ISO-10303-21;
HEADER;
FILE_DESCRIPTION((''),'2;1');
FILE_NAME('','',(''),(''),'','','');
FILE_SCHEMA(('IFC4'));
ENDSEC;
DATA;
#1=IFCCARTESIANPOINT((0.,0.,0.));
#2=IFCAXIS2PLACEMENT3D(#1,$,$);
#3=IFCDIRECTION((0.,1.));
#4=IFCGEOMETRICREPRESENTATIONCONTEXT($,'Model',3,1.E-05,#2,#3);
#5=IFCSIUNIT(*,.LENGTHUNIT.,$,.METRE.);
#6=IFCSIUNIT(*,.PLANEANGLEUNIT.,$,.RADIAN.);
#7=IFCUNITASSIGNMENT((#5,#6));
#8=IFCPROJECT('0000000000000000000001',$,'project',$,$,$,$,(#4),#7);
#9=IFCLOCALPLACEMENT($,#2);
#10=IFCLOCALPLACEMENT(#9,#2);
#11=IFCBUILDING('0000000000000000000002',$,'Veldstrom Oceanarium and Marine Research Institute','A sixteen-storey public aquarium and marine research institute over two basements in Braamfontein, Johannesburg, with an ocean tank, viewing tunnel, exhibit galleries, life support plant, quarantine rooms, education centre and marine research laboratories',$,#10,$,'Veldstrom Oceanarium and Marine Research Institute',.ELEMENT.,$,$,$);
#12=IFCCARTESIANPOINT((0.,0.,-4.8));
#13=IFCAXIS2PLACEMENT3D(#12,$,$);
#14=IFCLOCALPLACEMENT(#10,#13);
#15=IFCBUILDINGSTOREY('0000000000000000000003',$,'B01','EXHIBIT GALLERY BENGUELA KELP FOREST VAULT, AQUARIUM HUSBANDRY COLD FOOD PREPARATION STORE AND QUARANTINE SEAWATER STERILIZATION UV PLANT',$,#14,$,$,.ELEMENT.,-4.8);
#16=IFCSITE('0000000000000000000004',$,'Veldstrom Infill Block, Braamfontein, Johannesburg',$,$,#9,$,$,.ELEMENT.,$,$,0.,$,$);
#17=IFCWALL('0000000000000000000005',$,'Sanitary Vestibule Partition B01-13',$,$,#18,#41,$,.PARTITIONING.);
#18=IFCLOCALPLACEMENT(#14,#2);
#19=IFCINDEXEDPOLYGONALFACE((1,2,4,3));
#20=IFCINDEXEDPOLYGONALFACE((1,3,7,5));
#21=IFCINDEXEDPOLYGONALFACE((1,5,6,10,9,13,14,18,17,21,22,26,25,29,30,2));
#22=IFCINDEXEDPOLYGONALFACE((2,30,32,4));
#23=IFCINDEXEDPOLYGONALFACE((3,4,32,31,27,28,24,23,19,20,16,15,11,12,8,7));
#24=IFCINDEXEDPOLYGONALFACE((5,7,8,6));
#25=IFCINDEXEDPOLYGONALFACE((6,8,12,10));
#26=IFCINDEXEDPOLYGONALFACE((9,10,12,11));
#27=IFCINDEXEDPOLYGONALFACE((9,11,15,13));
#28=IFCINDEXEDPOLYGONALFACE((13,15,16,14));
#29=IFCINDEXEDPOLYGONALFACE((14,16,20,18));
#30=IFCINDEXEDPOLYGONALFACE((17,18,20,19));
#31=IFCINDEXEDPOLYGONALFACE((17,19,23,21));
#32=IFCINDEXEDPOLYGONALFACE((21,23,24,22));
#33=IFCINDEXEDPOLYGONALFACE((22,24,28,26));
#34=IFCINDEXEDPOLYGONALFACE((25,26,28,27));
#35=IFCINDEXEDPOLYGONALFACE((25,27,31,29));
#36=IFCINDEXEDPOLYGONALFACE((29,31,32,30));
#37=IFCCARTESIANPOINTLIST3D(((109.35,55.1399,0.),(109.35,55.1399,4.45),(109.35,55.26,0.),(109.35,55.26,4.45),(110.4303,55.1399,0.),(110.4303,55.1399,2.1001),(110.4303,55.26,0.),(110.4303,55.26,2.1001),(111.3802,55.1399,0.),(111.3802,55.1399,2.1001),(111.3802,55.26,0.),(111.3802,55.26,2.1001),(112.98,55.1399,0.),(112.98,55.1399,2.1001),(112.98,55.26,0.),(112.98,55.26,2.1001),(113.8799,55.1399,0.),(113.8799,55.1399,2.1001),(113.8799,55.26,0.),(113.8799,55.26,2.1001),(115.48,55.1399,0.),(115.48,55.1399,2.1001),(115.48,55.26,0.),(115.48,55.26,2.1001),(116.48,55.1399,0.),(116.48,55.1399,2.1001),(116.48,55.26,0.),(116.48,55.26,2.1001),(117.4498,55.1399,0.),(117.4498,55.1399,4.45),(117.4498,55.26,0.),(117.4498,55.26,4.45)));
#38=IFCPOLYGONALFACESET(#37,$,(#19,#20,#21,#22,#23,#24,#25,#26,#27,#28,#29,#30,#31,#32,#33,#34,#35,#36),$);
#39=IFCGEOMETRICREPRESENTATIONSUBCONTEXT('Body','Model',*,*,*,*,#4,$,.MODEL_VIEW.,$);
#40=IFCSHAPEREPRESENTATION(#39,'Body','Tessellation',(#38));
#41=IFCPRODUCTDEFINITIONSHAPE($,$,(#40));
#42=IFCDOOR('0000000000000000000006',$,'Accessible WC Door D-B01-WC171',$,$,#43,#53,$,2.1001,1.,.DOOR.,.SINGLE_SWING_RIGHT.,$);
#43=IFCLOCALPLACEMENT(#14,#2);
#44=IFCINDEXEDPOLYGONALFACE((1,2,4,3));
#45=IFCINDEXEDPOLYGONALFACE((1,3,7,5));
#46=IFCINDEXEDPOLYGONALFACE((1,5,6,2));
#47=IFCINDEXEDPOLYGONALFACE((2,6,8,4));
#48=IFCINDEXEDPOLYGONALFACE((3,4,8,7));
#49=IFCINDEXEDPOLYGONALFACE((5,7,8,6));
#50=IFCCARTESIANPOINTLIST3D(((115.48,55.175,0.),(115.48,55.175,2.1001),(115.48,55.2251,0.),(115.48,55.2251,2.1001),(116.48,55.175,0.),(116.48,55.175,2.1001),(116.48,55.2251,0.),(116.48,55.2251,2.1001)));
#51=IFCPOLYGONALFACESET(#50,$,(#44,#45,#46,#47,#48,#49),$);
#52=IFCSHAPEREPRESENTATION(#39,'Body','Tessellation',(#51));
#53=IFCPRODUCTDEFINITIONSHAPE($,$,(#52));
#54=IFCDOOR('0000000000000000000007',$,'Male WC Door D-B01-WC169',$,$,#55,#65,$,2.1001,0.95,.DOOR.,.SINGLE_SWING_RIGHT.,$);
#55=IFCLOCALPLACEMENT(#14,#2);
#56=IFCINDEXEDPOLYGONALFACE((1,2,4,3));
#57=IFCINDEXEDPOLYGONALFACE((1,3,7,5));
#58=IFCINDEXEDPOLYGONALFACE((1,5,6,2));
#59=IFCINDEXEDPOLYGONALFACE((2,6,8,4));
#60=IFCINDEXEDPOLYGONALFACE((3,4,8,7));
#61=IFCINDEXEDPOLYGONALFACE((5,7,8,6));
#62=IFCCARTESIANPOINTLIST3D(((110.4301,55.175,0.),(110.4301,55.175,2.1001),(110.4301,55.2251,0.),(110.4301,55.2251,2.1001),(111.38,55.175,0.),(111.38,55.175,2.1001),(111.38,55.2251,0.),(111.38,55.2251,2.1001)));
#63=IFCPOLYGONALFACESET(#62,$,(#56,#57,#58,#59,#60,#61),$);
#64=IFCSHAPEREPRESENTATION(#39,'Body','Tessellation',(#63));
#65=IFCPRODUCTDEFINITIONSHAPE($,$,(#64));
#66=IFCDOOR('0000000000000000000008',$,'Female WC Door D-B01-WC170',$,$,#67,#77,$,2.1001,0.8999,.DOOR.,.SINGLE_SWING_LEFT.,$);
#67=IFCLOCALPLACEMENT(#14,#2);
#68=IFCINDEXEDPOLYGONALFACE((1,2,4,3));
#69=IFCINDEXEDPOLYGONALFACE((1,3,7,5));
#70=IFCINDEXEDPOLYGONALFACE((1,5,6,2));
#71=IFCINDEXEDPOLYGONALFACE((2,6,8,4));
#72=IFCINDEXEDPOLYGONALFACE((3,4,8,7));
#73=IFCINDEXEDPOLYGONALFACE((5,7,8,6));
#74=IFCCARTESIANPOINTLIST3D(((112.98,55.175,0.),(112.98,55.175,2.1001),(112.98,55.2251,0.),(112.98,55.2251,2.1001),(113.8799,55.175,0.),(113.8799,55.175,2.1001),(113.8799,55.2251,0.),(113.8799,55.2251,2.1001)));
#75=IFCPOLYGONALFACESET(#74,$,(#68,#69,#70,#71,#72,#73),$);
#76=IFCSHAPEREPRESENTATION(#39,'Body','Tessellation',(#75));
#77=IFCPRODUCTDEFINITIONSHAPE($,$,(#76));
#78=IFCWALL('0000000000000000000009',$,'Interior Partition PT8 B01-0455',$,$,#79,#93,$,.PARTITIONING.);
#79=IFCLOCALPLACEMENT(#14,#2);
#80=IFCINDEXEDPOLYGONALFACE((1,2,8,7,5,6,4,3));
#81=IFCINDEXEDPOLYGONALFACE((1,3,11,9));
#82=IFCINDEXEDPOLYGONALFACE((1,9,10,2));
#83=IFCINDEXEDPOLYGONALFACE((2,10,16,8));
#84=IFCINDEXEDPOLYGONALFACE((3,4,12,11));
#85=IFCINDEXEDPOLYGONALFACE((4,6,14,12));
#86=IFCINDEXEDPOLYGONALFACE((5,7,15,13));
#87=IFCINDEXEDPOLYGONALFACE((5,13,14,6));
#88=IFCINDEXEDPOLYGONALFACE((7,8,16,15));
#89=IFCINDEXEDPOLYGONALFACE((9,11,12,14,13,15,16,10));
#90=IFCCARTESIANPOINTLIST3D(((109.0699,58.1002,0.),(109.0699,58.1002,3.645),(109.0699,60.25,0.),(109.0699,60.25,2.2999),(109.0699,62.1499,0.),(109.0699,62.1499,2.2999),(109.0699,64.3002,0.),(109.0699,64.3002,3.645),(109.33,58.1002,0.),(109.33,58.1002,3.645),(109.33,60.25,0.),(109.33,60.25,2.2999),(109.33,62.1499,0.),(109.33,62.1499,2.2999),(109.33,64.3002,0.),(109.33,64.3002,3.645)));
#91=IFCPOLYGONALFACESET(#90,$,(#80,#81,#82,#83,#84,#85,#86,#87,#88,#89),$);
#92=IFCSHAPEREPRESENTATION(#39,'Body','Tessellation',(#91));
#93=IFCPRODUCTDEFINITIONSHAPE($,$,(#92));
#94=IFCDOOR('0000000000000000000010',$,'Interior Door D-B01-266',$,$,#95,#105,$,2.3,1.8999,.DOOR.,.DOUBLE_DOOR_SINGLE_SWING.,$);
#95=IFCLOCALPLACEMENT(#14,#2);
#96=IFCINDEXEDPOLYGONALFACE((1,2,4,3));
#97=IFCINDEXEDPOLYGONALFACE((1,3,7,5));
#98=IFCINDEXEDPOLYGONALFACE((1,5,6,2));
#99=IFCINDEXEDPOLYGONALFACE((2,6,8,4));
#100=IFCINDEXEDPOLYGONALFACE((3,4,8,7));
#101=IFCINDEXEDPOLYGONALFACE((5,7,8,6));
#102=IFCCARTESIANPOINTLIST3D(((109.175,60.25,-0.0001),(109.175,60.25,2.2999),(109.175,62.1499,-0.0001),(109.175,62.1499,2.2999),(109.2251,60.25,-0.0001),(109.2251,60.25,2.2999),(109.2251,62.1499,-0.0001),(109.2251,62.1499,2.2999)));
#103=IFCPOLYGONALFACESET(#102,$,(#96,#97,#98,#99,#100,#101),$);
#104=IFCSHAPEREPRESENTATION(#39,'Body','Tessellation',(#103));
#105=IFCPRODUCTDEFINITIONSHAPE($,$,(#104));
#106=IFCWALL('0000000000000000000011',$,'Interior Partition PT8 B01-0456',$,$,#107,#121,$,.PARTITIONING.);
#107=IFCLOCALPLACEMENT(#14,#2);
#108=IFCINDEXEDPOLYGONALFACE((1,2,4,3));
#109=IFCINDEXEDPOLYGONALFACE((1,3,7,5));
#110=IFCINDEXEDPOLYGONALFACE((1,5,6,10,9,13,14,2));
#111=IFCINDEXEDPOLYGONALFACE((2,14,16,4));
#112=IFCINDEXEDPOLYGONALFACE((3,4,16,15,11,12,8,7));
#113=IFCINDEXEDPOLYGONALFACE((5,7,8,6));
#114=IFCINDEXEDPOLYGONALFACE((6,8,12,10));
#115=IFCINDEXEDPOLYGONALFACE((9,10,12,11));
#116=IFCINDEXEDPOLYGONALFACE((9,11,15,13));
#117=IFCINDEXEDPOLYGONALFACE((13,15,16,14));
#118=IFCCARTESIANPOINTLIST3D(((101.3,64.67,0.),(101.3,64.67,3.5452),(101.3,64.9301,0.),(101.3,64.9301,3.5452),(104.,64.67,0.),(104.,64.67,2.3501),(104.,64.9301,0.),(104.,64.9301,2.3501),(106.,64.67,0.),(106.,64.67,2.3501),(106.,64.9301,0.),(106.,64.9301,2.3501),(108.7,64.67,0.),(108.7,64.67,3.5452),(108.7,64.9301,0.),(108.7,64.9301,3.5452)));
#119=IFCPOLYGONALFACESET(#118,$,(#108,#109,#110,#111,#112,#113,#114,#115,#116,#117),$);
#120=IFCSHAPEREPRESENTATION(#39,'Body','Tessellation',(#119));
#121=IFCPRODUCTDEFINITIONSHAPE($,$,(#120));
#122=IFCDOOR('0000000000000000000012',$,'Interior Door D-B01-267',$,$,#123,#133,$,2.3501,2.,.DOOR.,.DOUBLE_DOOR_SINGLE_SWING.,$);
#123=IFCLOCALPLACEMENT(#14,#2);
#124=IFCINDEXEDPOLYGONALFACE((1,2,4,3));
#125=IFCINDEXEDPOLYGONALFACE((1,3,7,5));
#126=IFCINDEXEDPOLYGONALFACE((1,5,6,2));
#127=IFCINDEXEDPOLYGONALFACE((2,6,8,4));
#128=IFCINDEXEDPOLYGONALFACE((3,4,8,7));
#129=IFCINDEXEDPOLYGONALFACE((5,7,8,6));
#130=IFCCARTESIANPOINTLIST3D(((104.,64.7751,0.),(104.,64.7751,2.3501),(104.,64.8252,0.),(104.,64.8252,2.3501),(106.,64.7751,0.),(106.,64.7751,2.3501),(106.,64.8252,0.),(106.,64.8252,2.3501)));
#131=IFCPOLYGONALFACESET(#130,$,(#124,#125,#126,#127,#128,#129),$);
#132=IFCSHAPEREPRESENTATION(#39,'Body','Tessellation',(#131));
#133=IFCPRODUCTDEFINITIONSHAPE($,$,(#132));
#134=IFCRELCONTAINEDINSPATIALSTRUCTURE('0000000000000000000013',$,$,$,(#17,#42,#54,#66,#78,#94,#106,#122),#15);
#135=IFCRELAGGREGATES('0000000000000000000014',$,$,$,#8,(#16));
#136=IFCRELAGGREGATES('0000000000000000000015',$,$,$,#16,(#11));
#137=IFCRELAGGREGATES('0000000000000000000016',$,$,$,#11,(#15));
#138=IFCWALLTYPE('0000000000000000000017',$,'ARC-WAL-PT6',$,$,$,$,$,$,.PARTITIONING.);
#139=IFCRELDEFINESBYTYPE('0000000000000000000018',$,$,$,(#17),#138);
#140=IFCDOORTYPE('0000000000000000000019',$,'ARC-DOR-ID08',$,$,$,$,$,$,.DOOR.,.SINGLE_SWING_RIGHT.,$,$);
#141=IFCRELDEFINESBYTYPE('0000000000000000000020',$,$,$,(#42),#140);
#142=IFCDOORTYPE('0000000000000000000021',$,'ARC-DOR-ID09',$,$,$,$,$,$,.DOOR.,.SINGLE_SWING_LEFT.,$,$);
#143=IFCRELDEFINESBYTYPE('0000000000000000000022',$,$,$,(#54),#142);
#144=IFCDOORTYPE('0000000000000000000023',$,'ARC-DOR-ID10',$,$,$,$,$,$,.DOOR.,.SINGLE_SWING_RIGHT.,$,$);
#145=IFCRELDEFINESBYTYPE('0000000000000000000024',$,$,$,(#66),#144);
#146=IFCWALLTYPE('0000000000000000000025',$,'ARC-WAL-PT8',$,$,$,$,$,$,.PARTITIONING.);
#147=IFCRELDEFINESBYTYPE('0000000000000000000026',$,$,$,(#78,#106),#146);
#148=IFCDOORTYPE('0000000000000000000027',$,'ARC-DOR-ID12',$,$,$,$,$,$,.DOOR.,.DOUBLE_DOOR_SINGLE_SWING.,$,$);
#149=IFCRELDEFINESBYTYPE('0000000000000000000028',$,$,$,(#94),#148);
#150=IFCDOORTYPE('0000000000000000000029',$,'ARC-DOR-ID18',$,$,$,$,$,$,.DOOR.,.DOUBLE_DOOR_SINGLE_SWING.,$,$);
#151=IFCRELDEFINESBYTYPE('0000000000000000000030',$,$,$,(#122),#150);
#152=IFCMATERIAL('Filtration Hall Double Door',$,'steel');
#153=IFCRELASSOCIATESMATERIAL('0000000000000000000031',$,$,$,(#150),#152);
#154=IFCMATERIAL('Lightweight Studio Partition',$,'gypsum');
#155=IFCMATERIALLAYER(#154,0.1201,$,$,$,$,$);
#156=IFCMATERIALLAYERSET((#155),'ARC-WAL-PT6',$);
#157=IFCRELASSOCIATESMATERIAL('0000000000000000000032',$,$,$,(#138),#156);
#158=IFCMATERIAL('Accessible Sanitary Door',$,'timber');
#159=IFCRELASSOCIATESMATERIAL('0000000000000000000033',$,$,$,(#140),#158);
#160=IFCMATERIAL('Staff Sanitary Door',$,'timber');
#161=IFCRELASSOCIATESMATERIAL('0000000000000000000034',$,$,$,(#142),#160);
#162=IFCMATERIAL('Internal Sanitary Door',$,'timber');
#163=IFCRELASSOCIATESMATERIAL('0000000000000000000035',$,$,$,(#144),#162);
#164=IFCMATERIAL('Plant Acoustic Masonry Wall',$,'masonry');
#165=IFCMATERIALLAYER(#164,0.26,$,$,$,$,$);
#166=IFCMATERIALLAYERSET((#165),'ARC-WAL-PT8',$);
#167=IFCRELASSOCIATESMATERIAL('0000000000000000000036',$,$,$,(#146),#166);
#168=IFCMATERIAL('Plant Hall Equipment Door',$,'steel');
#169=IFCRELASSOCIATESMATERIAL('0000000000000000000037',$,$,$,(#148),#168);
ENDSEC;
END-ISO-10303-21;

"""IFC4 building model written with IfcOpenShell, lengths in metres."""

from ifc_helpers import new_model, si_unit, direction, frame, frame_2d, origin, place, context, subcontext, project, spatial, rectangle, extrude, material, layer, layer_set, type_object, element, fill, save


model = new_model("IFC4")

# Units and contexts
model_context = context("Model", 3, precision=1e-05, world=origin(), true_north=direction((0.0, 1.0)))
body_context = subcontext(model_context, "Body", "Model", "MODEL_VIEW")
ifc_project = project(units=[si_unit("LENGTHUNIT", "METRE"), si_unit("PLANEANGLEUNIT", "RADIAN")], contexts=[model_context])

# Site, building, storey
site_placement = place(None, origin())
site = spatial("IfcSite", under=ifc_project, at=site_placement, Name="Veldstrom Infill Block, Braamfontein, Johannesburg", CompositionType="ELEMENT", RefElevation=0.0)
building_placement = place(site_placement, origin())
building = spatial("IfcBuilding", under=site, at=building_placement, Name="Veldstrom Oceanarium and Marine Research Institute", Description="A sixteen-storey public aquarium and marine research institute over two basements in Braamfontein, Johannesburg, with an ocean tank, viewing tunnel, exhibit galleries, life support plant, quarantine rooms, education centre and marine research laboratories", LongName="Veldstrom Oceanarium and Marine Research Institute", CompositionType="ELEMENT")
storey_placement = place(building_placement, frame((0.0, 0.0, -4.8)))
storey = spatial("IfcBuildingStorey", under=building, at=storey_placement, Name="B01", Description="EXHIBIT GALLERY BENGUELA KELP FOREST VAULT, AQUARIUM HUSBANDRY COLD FOOD PREPARATION STORE AND QUARANTINE SEAWATER STERILIZATION UV PLANT", CompositionType="ELEMENT", Elevation=-4.8)

# Shared definitions
ifc_material_1 = material(Name="Filtration Hall Double Door", Category="steel")
door_type_1 = type_object("IfcDoorType", Name="ARC-DOR-ID18", OperationType="DOUBLE_DOOR_SINGLE_SWING", PredefinedType="DOOR", material=ifc_material_1)

# Wall, openings, doors
ifc_material_2 = material(Name="Lightweight Studio Partition", Category="gypsum")
ifc_layer_1 = layer(ifc_material_2, 0.1201)
ifc_layer_set_1 = layer_set([ifc_layer_1], Name="ARC-WAL-PT6")
wall_type_1 = type_object("IfcWallType", Name="ARC-WAL-PT6", PredefinedType="PARTITIONING", material=ifc_layer_set_1)
wall_1_placement = place(storey_placement, frame((109.3501, 55.2, 0.0), z_axis=(0.0, 0.0, 1.0), x_axis=(1.0, 0.0, 0.0)))
wall_1 = element("IfcWall", 1, at=wall_1_placement, inside=storey, type_object=wall_type_1, Name="Sanitary Vestibule Partition B01-13", PredefinedType="PARTITIONING", context=body_context, shape_type="SweptSolid", body=[
    extrude(rectangle(XDim=8.0999, YDim=0.1201, at=frame_2d((4.0498, 0.0))), origin(), (0.0, 0.0, 1.0), 4.45),
])
opening_1_placement = place(wall_1_placement, frame((1.0801, 0.0, 0.0)))
opening_1 = element("IfcOpeningElement", 2, at=opening_1_placement, cuts=wall_1, PredefinedType="OPENING", context=body_context, shape_type="SweptSolid", body=[
    extrude(rectangle(XDim=0.95, YDim=2.1001, at=frame_2d((0.4751, 1.05))), frame((0.0, 0.0701, 0.0), z_axis=(0.0, -1.0, 0.0), x_axis=(1.0, 0.0, 0.0)), (0.0, 0.0, 1.0), 0.1401),
])
opening_2_placement = place(wall_1_placement, frame((3.6299, 0.0, 0.0)))
opening_2 = element("IfcOpeningElement", 3, at=opening_2_placement, cuts=wall_1, PredefinedType="OPENING", context=body_context, shape_type="SweptSolid", body=[
    extrude(rectangle(XDim=0.8999, YDim=2.1001, at=frame_2d((0.45, 1.05))), frame((0.0, 0.0701, 0.0), z_axis=(0.0, -1.0, 0.0), x_axis=(1.0, 0.0, 0.0)), (0.0, 0.0, 1.0), 0.1401),
])
opening_3_placement = place(wall_1_placement, frame((6.1299, 0.0, 0.0)))
opening_3 = element("IfcOpeningElement", 4, at=opening_3_placement, cuts=wall_1, PredefinedType="OPENING", context=body_context, shape_type="SweptSolid", body=[
    extrude(rectangle(XDim=1.0, YDim=2.1001, at=frame_2d((0.5, 1.05))), frame((0.0, 0.0701, 0.0), z_axis=(0.0, -1.0, 0.0), x_axis=(1.0, 0.0, 0.0)), (0.0, 0.0, 1.0), 0.1401),
])
ifc_material_3 = material(Name="Accessible Sanitary Door", Category="timber")
door_type_2 = type_object("IfcDoorType", Name="ARC-DOR-ID08", OperationType="SINGLE_SWING_RIGHT", PredefinedType="DOOR", material=ifc_material_3)
door_1_placement = place(opening_3_placement, frame((1.0, 0.0, 0.0), z_axis=(0.0, 0.0, 1.0), x_axis=(-1.0, 0.0, 0.0)))
door_1 = element("IfcDoor", 5, at=door_1_placement, inside=storey, type_object=door_type_2, Name="Accessible WC Door D-B01-WC171", OperationType="SINGLE_SWING_RIGHT", OverallHeight=2.1001, OverallWidth=1.0, PredefinedType="DOOR", context=body_context, shape_type="SweptSolid", body=[
    extrude(rectangle(XDim=1.0, YDim=2.1001, at=frame_2d((0.5, 1.05))), frame((0.0, 0.0249, 0.0), z_axis=(0.0, -1.0, 0.0), x_axis=(1.0, 0.0, 0.0)), (0.0, 0.0, 1.0), 0.05),
])
fill(opening_3, door_1)
ifc_material_4 = material(Name="Staff Sanitary Door", Category="timber")
door_type_3 = type_object("IfcDoorType", Name="ARC-DOR-ID09", OperationType="SINGLE_SWING_LEFT", PredefinedType="DOOR", material=ifc_material_4)
door_2_placement = place(opening_1_placement, frame((0.95, 0.0, 0.0), z_axis=(0.0, 0.0, 1.0), x_axis=(-1.0, 0.0, 0.0)))
door_2 = element("IfcDoor", 6, at=door_2_placement, inside=storey, type_object=door_type_3, Name="Male WC Door D-B01-WC169", OperationType="SINGLE_SWING_RIGHT", OverallHeight=2.1001, OverallWidth=0.95, PredefinedType="DOOR", context=body_context, shape_type="SweptSolid", body=[
    extrude(rectangle(XDim=0.95, YDim=2.1001, at=frame_2d((0.4751, 1.05))), frame((0.0, 0.0249, 0.0), z_axis=(0.0, -1.0, 0.0), x_axis=(1.0, 0.0, 0.0)), (0.0, 0.0, 1.0), 0.05),
])
fill(opening_1, door_2)
ifc_material_5 = material(Name="Internal Sanitary Door", Category="timber")
door_type_4 = type_object("IfcDoorType", Name="ARC-DOR-ID10", OperationType="SINGLE_SWING_RIGHT", PredefinedType="DOOR", material=ifc_material_5)
door_3_placement = place(opening_2_placement, frame((0.8999, 0.0, 0.0), z_axis=(0.0, 0.0, 1.0), x_axis=(-1.0, 0.0, 0.0)))
door_3 = element("IfcDoor", 7, at=door_3_placement, inside=storey, type_object=door_type_4, Name="Female WC Door D-B01-WC170", OperationType="SINGLE_SWING_LEFT", OverallHeight=2.1001, OverallWidth=0.8999, PredefinedType="DOOR", context=body_context, shape_type="SweptSolid", body=[
    extrude(rectangle(XDim=0.8999, YDim=2.1001, at=frame_2d((0.45, 1.05))), frame((0.0, 0.0249, 0.0), z_axis=(0.0, -1.0, 0.0), x_axis=(1.0, 0.0, 0.0)), (0.0, 0.0, 1.0), 0.05),
])
fill(opening_2, door_3)

# Walls, openings, doors
ifc_material_6 = material(Name="Plant Acoustic Masonry Wall", Category="masonry")
ifc_layer_2 = layer(ifc_material_6, 0.26)
ifc_layer_set_2 = layer_set([ifc_layer_2], Name="ARC-WAL-PT8")
wall_type_2 = type_object("IfcWallType", Name="ARC-WAL-PT8", PredefinedType="PARTITIONING", material=ifc_layer_set_2)
wall_2_placement = place(storey_placement, frame((109.2, 58.1001, 0.0), z_axis=(0.0, 0.0, 1.0), x_axis=(0.0, 1.0, 0.0)))
wall_2 = element("IfcWall", 8, at=wall_2_placement, inside=storey, type_object=wall_type_2, Name="Interior Partition PT8 B01-0455", PredefinedType="PARTITIONING", context=body_context, shape_type="SweptSolid", body=[
    extrude(rectangle(XDim=6.2, YDim=0.26, at=frame_2d((3.1001, 0.0))), origin(), (0.0, 0.0, 1.0), 3.645),
])
opening_4_placement = place(wall_2_placement, frame((2.1499, 0.0, 0.0)))
opening_4 = element("IfcOpeningElement", 9, at=opening_4_placement, cuts=wall_2, PredefinedType="OPENING", context=body_context, shape_type="SweptSolid", body=[
    extrude(rectangle(XDim=1.8999, YDim=2.3, at=frame_2d((0.95, 1.1499))), frame((0.0, 0.1399, 0.0), z_axis=(0.0, -1.0, 0.0), x_axis=(1.0, 0.0, 0.0)), (0.0, 0.0, 1.0), 0.28),
])
ifc_material_7 = material(Name="Plant Hall Equipment Door", Category="steel")
door_type_5 = type_object("IfcDoorType", Name="ARC-DOR-ID12", OperationType="DOUBLE_DOOR_SINGLE_SWING", PredefinedType="DOOR", material=ifc_material_7)
door_4_placement = place(opening_4_placement, origin())
door_4 = element("IfcDoor", 10, at=door_4_placement, inside=storey, type_object=door_type_5, Name="Interior Door D-B01-266", OperationType="DOUBLE_DOOR_SINGLE_SWING", OverallHeight=2.3, OverallWidth=1.8999, PredefinedType="DOOR", context=body_context, shape_type="SweptSolid", body=[
    extrude(rectangle(XDim=1.8999, YDim=2.3, at=frame_2d((0.95, 1.1499))), frame((0.0, 0.0249, 0.0), z_axis=(0.0, -1.0, 0.0), x_axis=(1.0, 0.0, 0.0)), (0.0, 0.0, 1.0), 0.05),
])
fill(opening_4, door_4)
wall_3_placement = place(storey_placement, frame((101.3, 64.8, 0.0), z_axis=(0.0, 0.0, 1.0), x_axis=(1.0, 0.0, 0.0)))
wall_3 = element("IfcWall", 11, at=wall_3_placement, inside=storey, type_object=wall_type_2, Name="Interior Partition PT8 B01-0456", PredefinedType="PARTITIONING", context=body_context, shape_type="SweptSolid", body=[
    extrude(rectangle(XDim=7.3999, YDim=0.26, at=frame_2d((3.7, 0.0))), origin(), (0.0, 0.0, 1.0), 3.5452),
])
opening_5_placement = place(wall_3_placement, frame((2.7, 0.0, 0.0)))
opening_5 = element("IfcOpeningElement", 12, at=opening_5_placement, cuts=wall_3, PredefinedType="OPENING", context=body_context, shape_type="SweptSolid", body=[
    extrude(rectangle(XDim=2.0, YDim=2.3501, at=frame_2d((1.0, 1.175))), frame((0.0, 0.1399, 0.0), z_axis=(0.0, -1.0, 0.0), x_axis=(1.0, 0.0, 0.0)), (0.0, 0.0, 1.0), 0.28),
])
door_5_placement = place(opening_5_placement, frame((2.0, 0.0, 0.0), z_axis=(0.0, 0.0, 1.0), x_axis=(-1.0, 0.0, 0.0)))
door_5 = element("IfcDoor", 13, at=door_5_placement, inside=storey, type_object=door_type_1, Name="Interior Door D-B01-267", OperationType="DOUBLE_DOOR_SINGLE_SWING", OverallHeight=2.3501, OverallWidth=2.0, PredefinedType="DOOR", context=body_context, shape_type="SweptSolid", body=[
    extrude(rectangle(XDim=2.0, YDim=2.3501, at=frame_2d((1.0, 1.175))), frame((0.0, 0.0249, 0.0), z_axis=(0.0, -1.0, 0.0), x_axis=(1.0, 0.0, 0.0)), (0.0, 0.0, 1.0), 0.05),
])
fill(opening_5, door_5)

save(model, "model.ifc")
